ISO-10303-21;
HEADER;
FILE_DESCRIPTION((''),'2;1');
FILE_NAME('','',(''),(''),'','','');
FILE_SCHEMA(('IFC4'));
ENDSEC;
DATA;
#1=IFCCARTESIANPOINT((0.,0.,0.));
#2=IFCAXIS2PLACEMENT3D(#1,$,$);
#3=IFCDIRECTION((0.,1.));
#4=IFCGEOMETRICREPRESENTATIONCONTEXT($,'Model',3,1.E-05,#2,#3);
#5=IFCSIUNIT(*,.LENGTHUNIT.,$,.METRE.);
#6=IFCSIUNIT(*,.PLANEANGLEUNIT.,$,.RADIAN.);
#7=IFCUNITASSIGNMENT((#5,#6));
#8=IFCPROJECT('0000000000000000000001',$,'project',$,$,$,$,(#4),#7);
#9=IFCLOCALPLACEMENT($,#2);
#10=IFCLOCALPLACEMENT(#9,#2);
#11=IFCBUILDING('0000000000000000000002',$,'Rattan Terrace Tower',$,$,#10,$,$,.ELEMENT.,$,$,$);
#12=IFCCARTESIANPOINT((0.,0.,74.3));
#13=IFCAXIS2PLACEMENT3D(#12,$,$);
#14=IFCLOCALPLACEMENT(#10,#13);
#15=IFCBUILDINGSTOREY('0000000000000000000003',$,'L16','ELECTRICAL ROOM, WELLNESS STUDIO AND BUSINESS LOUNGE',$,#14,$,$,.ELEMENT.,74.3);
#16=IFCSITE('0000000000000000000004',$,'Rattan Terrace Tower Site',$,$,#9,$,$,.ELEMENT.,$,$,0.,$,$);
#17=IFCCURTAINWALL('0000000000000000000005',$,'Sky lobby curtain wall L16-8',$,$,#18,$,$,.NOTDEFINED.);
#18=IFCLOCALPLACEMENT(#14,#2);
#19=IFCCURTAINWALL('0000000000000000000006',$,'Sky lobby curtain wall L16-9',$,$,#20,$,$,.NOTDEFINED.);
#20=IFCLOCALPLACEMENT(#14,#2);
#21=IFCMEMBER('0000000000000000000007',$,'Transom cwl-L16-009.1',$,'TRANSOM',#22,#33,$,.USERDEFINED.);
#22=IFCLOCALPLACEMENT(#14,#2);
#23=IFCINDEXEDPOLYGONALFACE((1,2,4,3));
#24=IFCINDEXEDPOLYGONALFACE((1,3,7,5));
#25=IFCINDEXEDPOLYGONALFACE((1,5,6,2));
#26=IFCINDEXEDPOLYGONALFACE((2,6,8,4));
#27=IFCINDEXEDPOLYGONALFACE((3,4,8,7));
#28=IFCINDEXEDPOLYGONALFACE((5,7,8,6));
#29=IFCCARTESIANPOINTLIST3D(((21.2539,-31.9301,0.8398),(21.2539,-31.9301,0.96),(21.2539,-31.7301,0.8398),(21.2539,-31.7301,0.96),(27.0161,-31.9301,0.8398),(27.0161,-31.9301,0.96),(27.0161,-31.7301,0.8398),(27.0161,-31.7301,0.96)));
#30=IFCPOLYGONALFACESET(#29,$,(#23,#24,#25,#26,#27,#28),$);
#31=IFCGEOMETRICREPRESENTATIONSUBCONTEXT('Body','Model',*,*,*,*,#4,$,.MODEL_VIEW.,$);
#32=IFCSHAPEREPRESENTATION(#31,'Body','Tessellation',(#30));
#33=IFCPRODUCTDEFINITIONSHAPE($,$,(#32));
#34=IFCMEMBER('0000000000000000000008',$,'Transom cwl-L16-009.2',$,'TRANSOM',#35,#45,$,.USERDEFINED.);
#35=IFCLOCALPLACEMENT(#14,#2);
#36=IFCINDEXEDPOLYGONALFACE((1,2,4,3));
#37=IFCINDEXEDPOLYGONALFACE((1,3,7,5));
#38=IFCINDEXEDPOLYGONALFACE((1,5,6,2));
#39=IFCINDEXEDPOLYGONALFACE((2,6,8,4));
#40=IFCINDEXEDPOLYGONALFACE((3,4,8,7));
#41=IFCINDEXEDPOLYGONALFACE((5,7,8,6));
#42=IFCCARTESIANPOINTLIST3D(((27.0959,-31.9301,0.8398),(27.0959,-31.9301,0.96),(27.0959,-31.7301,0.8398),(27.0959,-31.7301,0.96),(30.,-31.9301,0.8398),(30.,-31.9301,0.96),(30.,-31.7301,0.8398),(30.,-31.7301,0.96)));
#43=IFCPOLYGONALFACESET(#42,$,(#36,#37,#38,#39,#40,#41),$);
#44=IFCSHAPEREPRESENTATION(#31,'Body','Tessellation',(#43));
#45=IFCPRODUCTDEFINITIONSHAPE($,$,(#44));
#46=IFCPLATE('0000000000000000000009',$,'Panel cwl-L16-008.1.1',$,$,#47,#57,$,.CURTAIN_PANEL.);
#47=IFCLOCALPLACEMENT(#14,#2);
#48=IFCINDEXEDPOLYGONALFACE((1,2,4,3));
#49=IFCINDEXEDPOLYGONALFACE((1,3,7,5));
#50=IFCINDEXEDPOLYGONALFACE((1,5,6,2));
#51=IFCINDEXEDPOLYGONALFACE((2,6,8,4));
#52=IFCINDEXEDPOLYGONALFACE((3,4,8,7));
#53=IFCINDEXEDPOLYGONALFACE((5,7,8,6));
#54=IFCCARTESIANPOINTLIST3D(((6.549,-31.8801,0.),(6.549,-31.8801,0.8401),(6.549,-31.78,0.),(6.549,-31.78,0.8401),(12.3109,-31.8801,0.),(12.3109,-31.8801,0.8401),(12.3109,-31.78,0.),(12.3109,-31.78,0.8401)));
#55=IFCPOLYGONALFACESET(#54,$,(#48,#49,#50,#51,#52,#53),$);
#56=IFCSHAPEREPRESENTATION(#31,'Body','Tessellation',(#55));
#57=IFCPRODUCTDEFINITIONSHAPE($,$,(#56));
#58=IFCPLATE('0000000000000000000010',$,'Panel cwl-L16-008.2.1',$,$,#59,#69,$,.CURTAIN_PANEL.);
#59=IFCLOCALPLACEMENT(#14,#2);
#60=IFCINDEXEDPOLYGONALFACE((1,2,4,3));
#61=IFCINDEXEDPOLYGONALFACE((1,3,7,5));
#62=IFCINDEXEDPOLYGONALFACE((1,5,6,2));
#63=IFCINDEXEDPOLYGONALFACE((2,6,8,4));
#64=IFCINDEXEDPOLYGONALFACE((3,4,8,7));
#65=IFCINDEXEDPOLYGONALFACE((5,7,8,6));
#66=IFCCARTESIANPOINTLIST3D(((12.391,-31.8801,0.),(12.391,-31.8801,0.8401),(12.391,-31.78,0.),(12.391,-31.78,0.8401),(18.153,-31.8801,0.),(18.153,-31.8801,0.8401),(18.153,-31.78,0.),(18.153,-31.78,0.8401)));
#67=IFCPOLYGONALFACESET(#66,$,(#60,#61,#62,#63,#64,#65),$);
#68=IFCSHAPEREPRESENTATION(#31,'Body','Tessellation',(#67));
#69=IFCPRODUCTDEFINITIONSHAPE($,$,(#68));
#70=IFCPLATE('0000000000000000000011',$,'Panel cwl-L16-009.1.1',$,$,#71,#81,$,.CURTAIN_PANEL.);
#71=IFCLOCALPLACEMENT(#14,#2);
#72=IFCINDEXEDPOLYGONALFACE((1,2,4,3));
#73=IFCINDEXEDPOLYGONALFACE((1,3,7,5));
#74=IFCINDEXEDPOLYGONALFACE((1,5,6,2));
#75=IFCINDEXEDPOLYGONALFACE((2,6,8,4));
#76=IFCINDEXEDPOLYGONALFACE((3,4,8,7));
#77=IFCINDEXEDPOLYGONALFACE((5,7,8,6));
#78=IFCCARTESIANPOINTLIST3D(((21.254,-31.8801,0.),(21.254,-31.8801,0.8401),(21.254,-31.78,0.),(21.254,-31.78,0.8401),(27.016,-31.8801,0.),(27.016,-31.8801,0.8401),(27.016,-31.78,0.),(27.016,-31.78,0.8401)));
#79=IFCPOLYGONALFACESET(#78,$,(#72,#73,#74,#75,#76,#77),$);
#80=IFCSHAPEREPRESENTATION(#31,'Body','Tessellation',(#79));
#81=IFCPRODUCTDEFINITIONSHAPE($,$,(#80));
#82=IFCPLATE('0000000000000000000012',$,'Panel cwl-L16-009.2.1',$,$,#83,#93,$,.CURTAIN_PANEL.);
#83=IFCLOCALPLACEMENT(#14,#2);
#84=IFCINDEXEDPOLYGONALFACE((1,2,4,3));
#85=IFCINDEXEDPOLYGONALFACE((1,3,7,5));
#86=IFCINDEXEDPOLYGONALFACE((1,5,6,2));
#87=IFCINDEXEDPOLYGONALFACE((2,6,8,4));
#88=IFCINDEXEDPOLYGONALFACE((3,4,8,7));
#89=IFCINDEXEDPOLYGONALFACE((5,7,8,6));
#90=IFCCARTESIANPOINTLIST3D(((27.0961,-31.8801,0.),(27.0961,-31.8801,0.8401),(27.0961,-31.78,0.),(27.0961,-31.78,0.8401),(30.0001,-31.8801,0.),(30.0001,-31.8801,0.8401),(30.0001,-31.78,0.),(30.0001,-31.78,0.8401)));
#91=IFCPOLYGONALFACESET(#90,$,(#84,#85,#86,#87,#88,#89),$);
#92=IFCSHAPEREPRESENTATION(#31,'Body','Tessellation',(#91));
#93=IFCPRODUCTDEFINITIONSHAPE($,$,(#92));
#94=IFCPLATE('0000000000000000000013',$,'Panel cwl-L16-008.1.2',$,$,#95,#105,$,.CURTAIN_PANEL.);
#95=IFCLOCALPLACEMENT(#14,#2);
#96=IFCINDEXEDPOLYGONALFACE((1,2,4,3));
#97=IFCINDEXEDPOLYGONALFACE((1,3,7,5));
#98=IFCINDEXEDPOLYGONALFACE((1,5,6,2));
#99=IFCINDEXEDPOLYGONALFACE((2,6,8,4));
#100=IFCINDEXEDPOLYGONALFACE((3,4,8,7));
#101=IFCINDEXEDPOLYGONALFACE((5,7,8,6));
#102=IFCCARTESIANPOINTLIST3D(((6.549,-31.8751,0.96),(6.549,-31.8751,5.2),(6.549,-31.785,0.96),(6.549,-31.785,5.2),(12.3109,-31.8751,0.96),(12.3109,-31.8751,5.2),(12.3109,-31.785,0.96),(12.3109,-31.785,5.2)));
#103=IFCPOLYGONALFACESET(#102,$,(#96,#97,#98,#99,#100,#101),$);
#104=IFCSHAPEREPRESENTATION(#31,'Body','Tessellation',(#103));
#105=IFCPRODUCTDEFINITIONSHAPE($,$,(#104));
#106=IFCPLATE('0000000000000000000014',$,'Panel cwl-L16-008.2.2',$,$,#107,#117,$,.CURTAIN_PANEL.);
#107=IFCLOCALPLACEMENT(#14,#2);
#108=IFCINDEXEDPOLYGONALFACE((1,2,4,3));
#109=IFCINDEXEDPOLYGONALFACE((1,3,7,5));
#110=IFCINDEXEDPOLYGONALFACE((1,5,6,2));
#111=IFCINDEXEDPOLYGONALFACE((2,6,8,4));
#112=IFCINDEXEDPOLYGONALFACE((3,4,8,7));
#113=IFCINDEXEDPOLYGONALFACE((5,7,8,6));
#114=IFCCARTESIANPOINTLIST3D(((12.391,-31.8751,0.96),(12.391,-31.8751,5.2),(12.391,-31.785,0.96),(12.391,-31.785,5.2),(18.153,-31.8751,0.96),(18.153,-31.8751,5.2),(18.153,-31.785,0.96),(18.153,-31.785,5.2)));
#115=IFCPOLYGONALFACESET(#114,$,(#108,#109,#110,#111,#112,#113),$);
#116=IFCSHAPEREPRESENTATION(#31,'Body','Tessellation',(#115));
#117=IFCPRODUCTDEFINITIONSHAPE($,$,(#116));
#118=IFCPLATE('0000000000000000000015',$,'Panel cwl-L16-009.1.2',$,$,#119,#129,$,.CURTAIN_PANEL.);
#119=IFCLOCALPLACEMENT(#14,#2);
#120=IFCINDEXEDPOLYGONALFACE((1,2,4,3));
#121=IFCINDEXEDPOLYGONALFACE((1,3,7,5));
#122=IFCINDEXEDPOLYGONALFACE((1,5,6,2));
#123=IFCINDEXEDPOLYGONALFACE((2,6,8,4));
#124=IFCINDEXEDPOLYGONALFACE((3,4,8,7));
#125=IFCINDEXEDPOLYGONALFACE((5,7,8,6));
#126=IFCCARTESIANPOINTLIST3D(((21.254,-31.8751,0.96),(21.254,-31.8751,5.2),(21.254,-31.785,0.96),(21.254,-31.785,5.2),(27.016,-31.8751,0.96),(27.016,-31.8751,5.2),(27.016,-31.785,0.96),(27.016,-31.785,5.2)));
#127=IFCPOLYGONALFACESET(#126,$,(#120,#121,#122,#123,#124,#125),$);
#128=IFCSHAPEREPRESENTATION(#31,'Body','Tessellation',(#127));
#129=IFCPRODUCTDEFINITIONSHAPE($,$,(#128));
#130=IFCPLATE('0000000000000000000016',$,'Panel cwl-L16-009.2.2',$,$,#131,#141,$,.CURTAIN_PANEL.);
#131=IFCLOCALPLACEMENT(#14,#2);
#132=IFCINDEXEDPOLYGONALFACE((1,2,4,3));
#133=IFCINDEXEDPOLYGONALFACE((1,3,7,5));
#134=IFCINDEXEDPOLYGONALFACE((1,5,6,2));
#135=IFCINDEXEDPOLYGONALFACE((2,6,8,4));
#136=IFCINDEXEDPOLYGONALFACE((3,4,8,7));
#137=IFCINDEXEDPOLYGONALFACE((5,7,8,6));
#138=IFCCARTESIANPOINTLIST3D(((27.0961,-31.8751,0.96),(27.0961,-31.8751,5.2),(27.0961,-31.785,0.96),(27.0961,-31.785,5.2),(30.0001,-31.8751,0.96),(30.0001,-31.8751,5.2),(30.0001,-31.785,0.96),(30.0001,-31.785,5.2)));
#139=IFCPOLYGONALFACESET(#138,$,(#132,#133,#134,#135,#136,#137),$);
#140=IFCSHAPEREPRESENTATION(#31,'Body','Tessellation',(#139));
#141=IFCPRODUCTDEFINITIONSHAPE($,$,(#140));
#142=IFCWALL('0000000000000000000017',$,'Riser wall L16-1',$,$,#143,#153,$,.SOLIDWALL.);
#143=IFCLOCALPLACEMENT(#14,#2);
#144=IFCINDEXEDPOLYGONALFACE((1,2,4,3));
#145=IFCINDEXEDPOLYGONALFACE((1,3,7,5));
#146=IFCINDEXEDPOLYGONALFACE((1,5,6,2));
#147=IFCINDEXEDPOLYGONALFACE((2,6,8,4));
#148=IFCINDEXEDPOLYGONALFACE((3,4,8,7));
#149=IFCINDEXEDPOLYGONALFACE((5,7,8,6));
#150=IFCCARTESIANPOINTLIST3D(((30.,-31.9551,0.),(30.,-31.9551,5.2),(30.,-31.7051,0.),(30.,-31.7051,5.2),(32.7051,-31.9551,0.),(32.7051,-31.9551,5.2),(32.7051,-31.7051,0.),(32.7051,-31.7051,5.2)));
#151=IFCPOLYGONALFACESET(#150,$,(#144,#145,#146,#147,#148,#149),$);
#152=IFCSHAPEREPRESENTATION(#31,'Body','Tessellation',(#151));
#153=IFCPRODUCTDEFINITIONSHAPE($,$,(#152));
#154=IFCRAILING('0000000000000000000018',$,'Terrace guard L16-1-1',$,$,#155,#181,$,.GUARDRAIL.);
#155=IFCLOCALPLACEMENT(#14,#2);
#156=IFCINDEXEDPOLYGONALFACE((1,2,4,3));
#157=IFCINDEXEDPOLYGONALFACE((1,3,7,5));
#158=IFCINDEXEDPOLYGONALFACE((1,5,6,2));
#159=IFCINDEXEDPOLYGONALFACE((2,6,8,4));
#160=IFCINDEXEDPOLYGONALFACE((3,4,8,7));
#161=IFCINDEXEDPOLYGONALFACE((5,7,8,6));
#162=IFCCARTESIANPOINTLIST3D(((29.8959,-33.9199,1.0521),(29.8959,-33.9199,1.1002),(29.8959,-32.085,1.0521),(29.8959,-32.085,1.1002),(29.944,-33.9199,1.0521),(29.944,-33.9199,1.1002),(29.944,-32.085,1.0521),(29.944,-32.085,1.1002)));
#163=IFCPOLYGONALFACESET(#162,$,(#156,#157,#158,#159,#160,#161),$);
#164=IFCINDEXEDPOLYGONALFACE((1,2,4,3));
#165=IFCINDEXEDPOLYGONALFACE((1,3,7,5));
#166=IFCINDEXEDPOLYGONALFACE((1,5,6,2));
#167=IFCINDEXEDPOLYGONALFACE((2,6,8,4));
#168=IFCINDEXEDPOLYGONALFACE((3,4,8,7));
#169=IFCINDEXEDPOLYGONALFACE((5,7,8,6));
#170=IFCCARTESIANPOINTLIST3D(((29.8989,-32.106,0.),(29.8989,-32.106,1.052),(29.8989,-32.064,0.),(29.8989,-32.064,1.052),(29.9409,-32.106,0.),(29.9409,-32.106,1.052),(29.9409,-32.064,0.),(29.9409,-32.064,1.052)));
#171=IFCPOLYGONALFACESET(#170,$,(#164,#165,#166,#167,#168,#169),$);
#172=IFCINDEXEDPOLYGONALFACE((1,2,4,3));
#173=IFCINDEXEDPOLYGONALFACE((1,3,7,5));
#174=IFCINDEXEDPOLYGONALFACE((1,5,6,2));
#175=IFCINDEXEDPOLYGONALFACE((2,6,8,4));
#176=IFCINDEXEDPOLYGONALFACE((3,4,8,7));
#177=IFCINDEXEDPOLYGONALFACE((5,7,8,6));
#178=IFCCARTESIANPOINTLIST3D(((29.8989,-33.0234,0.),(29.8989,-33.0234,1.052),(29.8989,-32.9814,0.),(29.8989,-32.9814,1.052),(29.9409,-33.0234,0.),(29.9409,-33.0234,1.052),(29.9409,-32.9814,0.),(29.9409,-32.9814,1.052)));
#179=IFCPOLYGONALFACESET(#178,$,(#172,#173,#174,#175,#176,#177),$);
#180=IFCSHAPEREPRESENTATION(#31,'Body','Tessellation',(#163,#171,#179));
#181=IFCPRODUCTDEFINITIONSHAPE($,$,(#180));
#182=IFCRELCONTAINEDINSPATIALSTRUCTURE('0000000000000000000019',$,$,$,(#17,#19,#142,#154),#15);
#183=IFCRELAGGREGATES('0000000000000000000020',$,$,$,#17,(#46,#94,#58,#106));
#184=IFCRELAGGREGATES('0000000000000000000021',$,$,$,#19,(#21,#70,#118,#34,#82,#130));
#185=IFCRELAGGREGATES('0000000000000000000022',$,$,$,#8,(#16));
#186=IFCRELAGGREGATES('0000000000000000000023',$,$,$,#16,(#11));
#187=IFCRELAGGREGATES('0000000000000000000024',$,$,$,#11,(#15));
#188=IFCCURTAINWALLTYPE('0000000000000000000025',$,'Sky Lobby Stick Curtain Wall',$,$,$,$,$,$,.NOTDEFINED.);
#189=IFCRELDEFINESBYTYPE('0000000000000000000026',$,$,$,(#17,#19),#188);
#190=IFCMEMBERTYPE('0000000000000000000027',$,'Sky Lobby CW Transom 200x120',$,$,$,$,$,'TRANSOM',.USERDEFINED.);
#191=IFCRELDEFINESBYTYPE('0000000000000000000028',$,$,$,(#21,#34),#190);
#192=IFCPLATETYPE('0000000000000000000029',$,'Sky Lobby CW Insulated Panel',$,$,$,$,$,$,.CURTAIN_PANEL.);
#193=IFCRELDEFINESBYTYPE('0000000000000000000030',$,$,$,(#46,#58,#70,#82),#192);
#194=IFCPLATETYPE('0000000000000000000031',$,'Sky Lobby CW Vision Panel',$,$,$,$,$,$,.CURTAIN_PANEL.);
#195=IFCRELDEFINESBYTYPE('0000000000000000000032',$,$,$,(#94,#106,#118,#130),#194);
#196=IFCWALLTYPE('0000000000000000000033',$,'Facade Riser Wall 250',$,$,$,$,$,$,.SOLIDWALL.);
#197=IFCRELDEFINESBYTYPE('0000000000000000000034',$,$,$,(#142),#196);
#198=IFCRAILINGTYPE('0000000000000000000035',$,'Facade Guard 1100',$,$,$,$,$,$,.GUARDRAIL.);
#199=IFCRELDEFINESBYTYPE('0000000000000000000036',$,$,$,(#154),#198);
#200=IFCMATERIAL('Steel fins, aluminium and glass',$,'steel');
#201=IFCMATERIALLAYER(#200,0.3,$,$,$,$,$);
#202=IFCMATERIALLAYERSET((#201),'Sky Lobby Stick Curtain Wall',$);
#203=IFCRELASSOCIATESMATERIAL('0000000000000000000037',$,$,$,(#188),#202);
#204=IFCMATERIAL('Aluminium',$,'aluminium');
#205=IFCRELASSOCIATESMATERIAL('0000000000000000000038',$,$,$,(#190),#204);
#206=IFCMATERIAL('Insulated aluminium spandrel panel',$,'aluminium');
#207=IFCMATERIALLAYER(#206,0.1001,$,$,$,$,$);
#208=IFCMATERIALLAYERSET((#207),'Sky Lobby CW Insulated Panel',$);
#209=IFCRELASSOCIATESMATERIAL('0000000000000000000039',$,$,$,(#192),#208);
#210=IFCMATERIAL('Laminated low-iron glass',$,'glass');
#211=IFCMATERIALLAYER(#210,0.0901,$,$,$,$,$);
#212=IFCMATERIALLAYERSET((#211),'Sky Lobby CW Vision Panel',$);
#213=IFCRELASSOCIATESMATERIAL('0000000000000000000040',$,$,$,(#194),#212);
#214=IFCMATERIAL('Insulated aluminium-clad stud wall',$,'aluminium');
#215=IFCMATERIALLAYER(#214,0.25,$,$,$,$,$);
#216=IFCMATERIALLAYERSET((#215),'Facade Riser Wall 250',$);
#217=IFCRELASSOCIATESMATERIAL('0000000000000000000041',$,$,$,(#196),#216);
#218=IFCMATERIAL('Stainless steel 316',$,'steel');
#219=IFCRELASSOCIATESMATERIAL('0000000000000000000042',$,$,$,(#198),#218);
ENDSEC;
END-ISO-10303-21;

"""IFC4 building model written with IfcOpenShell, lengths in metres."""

from ifc_helpers import new_model, si_unit, direction, frame, frame_2d, origin, origin_2d, place, context, subcontext, project, spatial, rectangle, extrude, material, layer, layer_set, material_profile, profile_set, type_object, element, aggregate, save


model = new_model("IFC4")

# Units and contexts
model_context = context("Model", 3, precision=1e-05, world=origin(), true_north=direction((0.0, 1.0)))
body_context = subcontext(model_context, "Body", "Model", "MODEL_VIEW")
ifc_project = project(units=[si_unit("LENGTHUNIT", "METRE"), si_unit("PLANEANGLEUNIT", "RADIAN")], contexts=[model_context])

# Site, building, storey
site_placement = place(None, origin())
site = spatial("IfcSite", under=ifc_project, at=site_placement, Name="Rattan Terrace Tower Site", CompositionType="ELEMENT", RefElevation=0.0)
building_placement = place(site_placement, origin())
building = spatial("IfcBuilding", under=site, at=building_placement, Name="Rattan Terrace Tower", CompositionType="ELEMENT")
storey_placement = place(building_placement, frame((0.0, 0.0, 74.3)))
storey = spatial("IfcBuildingStorey", under=building, at=storey_placement, Name="L16", Description="ELECTRICAL ROOM, WELLNESS STUDIO AND BUSINESS LOUNGE", CompositionType="ELEMENT", Elevation=74.3)

# Curtain walls
ifc_material_1 = material(Name="Steel fins, aluminium and glass", Category="steel")
ifc_layer_1 = layer(ifc_material_1, 0.3)
ifc_layer_set_1 = layer_set([ifc_layer_1], Name="Sky Lobby Stick Curtain Wall")
curtain_wall_type = type_object("IfcCurtainWallType", Name="Sky Lobby Stick Curtain Wall", PredefinedType="NOTDEFINED", material=ifc_layer_set_1)
curtain_wall_1_placement = place(storey_placement, origin())
curtain_wall_1 = element("IfcCurtainWall", 1, at=curtain_wall_1_placement, inside=storey, type_object=curtain_wall_type, Name="Sky lobby curtain wall L16-8", PredefinedType="NOTDEFINED")
curtain_wall_2_placement = place(storey_placement, origin())
curtain_wall_2 = element("IfcCurtainWall", 2, at=curtain_wall_2_placement, inside=storey, type_object=curtain_wall_type, Name="Sky lobby curtain wall L16-9", PredefinedType="NOTDEFINED")

# Members
ifc_material_2 = material(Name="Aluminium", Category="aluminium")
ifc_material_profile_1 = material_profile(ifc_material_2, rectangle(XDim=0.2, YDim=0.1201, at=origin_2d()), Name="Aluminium 200x120")
ifc_profile_set_1 = profile_set([ifc_material_profile_1], Name="Aluminium")
member_type_1 = type_object("IfcMemberType", Name="Sky Lobby CW Transom 200x120", ElementType="TRANSOM", PredefinedType="USERDEFINED", material=ifc_profile_set_1)
member_1_placement = place(storey_placement, frame((21.2539, -31.8301, 0.8999), z_axis=(1.0, 0.0, 0.0), x_axis=(0.0, 1.0, 0.0)))
member_1 = element("IfcMember", 3, at=member_1_placement, type_object=member_type_1, Name="Transom cwl-L16-009.1", ObjectType="TRANSOM", PredefinedType="USERDEFINED", context=body_context, shape_type="SweptSolid", body=[
    extrude(rectangle(XDim=0.2, YDim=0.1201, at=origin_2d()), origin(), (0.0, 0.0, 1.0), 5.7622),
])
member_2_placement = place(storey_placement, frame((27.0959, -31.8301, 0.8999), z_axis=(1.0, 0.0, 0.0), x_axis=(0.0, 1.0, 0.0)))
member_2 = element("IfcMember", 4, at=member_2_placement, type_object=member_type_1, Name="Transom cwl-L16-009.2", ObjectType="TRANSOM", PredefinedType="USERDEFINED", context=body_context, shape_type="SweptSolid", body=[
    extrude(rectangle(XDim=0.2, YDim=0.1201, at=origin_2d()), origin(), (0.0, 0.0, 1.0), 2.9041),
])

# Plates
ifc_material_3 = material(Name="Insulated aluminium spandrel panel", Category="aluminium")
ifc_layer_2 = layer(ifc_material_3, 0.1001)
ifc_layer_set_2 = layer_set([ifc_layer_2], Name="Sky Lobby CW Insulated Panel")
plate_type_1 = type_object("IfcPlateType", Name="Sky Lobby CW Insulated Panel", PredefinedType="CURTAIN_PANEL", material=ifc_layer_set_2)
plate_1_placement = place(storey_placement, frame((9.4299, -31.8301, 0.0), z_axis=(0.0, 0.0, 1.0), x_axis=(1.0, 0.0, 0.0)))
plate_1 = element("IfcPlate", 5, at=plate_1_placement, type_object=plate_type_1, Name="Panel cwl-L16-008.1.1", PredefinedType="CURTAIN_PANEL", context=body_context, shape_type="SweptSolid", body=[
    extrude(rectangle(XDim=5.762, YDim=0.1001, at=origin_2d()), origin(), (0.0, 0.0, 1.0), 0.8401),
])
plate_2_placement = place(storey_placement, frame((15.272, -31.8301, 0.0), z_axis=(0.0, 0.0, 1.0), x_axis=(1.0, 0.0, 0.0)))
plate_2 = element("IfcPlate", 6, at=plate_2_placement, type_object=plate_type_1, Name="Panel cwl-L16-008.2.1", PredefinedType="CURTAIN_PANEL", context=body_context, shape_type="SweptSolid", body=[
    extrude(rectangle(XDim=5.762, YDim=0.1001, at=origin_2d()), origin(), (0.0, 0.0, 1.0), 0.8401),
])
plate_3_placement = place(storey_placement, frame((24.135, -31.8301, 0.0), z_axis=(0.0, 0.0, 1.0), x_axis=(1.0, 0.0, 0.0)))
plate_3 = element("IfcPlate", 7, at=plate_3_placement, type_object=plate_type_1, Name="Panel cwl-L16-009.1.1", PredefinedType="CURTAIN_PANEL", context=body_context, shape_type="SweptSolid", body=[
    extrude(rectangle(XDim=5.762, YDim=0.1001, at=origin_2d()), origin(), (0.0, 0.0, 1.0), 0.8401),
])
plate_4_placement = place(storey_placement, frame((28.5481, -31.8301, 0.0), z_axis=(0.0, 0.0, 1.0), x_axis=(1.0, 0.0, 0.0)))
plate_4 = element("IfcPlate", 8, at=plate_4_placement, type_object=plate_type_1, Name="Panel cwl-L16-009.2.1", PredefinedType="CURTAIN_PANEL", context=body_context, shape_type="SweptSolid", body=[
    extrude(rectangle(XDim=2.9041, YDim=0.1001, at=origin_2d()), origin(), (0.0, 0.0, 1.0), 0.8401),
])
ifc_material_4 = material(Name="Laminated low-iron glass", Category="glass")
ifc_layer_3 = layer(ifc_material_4, 0.0901)
ifc_layer_set_3 = layer_set([ifc_layer_3], Name="Sky Lobby CW Vision Panel")
plate_type_2 = type_object("IfcPlateType", Name="Sky Lobby CW Vision Panel", PredefinedType="CURTAIN_PANEL", material=ifc_layer_set_3)
plate_5_placement = place(storey_placement, frame((9.4299, -31.8301, 0.96), z_axis=(0.0, 0.0, 1.0), x_axis=(1.0, 0.0, 0.0)))
plate_5 = element("IfcPlate", 9, at=plate_5_placement, type_object=plate_type_2, Name="Panel cwl-L16-008.1.2", PredefinedType="CURTAIN_PANEL", context=body_context, shape_type="SweptSolid", body=[
    extrude(rectangle(XDim=5.762, YDim=0.0901, at=origin_2d()), origin(), (0.0, 0.0, 1.0), 4.24),
])
plate_6_placement = place(storey_placement, frame((15.272, -31.8301, 0.96), z_axis=(0.0, 0.0, 1.0), x_axis=(1.0, 0.0, 0.0)))
plate_6 = element("IfcPlate", 10, at=plate_6_placement, type_object=plate_type_2, Name="Panel cwl-L16-008.2.2", PredefinedType="CURTAIN_PANEL", context=body_context, shape_type="SweptSolid", body=[
    extrude(rectangle(XDim=5.762, YDim=0.0901, at=origin_2d()), origin(), (0.0, 0.0, 1.0), 4.24),
])
aggregate(curtain_wall_1, [plate_1, plate_5, plate_2, plate_6])
plate_7_placement = place(storey_placement, frame((24.135, -31.8301, 0.96), z_axis=(0.0, 0.0, 1.0), x_axis=(1.0, 0.0, 0.0)))
plate_7 = element("IfcPlate", 11, at=plate_7_placement, type_object=plate_type_2, Name="Panel cwl-L16-009.1.2", PredefinedType="CURTAIN_PANEL", context=body_context, shape_type="SweptSolid", body=[
    extrude(rectangle(XDim=5.762, YDim=0.0901, at=origin_2d()), origin(), (0.0, 0.0, 1.0), 4.24),
])
plate_8_placement = place(storey_placement, frame((28.5481, -31.8301, 0.96), z_axis=(0.0, 0.0, 1.0), x_axis=(1.0, 0.0, 0.0)))
plate_8 = element("IfcPlate", 12, at=plate_8_placement, type_object=plate_type_2, Name="Panel cwl-L16-009.2.2", PredefinedType="CURTAIN_PANEL", context=body_context, shape_type="SweptSolid", body=[
    extrude(rectangle(XDim=2.9041, YDim=0.0901, at=origin_2d()), origin(), (0.0, 0.0, 1.0), 4.24),
])
aggregate(curtain_wall_2, [member_1, plate_3, plate_7, member_2, plate_4, plate_8])

# Wall
ifc_material_5 = material(Name="Insulated aluminium-clad stud wall", Category="aluminium")
ifc_layer_4 = layer(ifc_material_5, 0.25)
ifc_layer_set_4 = layer_set([ifc_layer_4], Name="Facade Riser Wall 250")
wall_type_1 = type_object("IfcWallType", Name="Facade Riser Wall 250", PredefinedType="SOLIDWALL", material=ifc_layer_set_4)
wall_1_placement = place(storey_placement, frame((30.0, -31.8301, 0.0), z_axis=(0.0, 0.0, 1.0), x_axis=(1.0, 0.0, 0.0)))
element("IfcWall", 13, at=wall_1_placement, inside=storey, type_object=wall_type_1, Name="Riser wall L16-1", PredefinedType="SOLIDWALL", context=body_context, shape_type="SweptSolid", body=[
    extrude(rectangle(XDim=2.7051, YDim=0.25, at=frame_2d((1.3525, 0.0))), origin(), (0.0, 0.0, 1.0), 5.2),
])

# Railing
ifc_material_6 = material(Name="Stainless steel 316", Category="steel")
railing_type = type_object("IfcRailingType", Name="Facade Guard 1100", PredefinedType="GUARDRAIL", material=ifc_material_6)
railing_1_placement = place(storey_placement, frame((29.9199, -32.085, 0.0)))
element("IfcRailing", 14, at=railing_1_placement, inside=storey, type_object=railing_type, Name="Terrace guard L16-1-1", PredefinedType="GUARDRAIL", context=body_context, shape_type="SweptSolid", body=[
    extrude(rectangle(XDim=0.0481, YDim=0.0481, at=origin_2d()), frame((0.0, 0.0, 1.0762), z_axis=(0.0, -1.0, 0.0), x_axis=(1.0, 0.0, 0.0)), (0.0, 0.0, 1.0), 1.835),
    extrude(rectangle(XDim=0.042, YDim=0.042, at=origin_2d()), origin(), (0.0, 0.0, 1.0), 1.052),
    extrude(rectangle(XDim=0.042, YDim=0.042, at=origin_2d()), frame((0.0, -0.9175, 0.0)), (0.0, 0.0, 1.0), 1.052),
])

save(model, "model.ifc")
